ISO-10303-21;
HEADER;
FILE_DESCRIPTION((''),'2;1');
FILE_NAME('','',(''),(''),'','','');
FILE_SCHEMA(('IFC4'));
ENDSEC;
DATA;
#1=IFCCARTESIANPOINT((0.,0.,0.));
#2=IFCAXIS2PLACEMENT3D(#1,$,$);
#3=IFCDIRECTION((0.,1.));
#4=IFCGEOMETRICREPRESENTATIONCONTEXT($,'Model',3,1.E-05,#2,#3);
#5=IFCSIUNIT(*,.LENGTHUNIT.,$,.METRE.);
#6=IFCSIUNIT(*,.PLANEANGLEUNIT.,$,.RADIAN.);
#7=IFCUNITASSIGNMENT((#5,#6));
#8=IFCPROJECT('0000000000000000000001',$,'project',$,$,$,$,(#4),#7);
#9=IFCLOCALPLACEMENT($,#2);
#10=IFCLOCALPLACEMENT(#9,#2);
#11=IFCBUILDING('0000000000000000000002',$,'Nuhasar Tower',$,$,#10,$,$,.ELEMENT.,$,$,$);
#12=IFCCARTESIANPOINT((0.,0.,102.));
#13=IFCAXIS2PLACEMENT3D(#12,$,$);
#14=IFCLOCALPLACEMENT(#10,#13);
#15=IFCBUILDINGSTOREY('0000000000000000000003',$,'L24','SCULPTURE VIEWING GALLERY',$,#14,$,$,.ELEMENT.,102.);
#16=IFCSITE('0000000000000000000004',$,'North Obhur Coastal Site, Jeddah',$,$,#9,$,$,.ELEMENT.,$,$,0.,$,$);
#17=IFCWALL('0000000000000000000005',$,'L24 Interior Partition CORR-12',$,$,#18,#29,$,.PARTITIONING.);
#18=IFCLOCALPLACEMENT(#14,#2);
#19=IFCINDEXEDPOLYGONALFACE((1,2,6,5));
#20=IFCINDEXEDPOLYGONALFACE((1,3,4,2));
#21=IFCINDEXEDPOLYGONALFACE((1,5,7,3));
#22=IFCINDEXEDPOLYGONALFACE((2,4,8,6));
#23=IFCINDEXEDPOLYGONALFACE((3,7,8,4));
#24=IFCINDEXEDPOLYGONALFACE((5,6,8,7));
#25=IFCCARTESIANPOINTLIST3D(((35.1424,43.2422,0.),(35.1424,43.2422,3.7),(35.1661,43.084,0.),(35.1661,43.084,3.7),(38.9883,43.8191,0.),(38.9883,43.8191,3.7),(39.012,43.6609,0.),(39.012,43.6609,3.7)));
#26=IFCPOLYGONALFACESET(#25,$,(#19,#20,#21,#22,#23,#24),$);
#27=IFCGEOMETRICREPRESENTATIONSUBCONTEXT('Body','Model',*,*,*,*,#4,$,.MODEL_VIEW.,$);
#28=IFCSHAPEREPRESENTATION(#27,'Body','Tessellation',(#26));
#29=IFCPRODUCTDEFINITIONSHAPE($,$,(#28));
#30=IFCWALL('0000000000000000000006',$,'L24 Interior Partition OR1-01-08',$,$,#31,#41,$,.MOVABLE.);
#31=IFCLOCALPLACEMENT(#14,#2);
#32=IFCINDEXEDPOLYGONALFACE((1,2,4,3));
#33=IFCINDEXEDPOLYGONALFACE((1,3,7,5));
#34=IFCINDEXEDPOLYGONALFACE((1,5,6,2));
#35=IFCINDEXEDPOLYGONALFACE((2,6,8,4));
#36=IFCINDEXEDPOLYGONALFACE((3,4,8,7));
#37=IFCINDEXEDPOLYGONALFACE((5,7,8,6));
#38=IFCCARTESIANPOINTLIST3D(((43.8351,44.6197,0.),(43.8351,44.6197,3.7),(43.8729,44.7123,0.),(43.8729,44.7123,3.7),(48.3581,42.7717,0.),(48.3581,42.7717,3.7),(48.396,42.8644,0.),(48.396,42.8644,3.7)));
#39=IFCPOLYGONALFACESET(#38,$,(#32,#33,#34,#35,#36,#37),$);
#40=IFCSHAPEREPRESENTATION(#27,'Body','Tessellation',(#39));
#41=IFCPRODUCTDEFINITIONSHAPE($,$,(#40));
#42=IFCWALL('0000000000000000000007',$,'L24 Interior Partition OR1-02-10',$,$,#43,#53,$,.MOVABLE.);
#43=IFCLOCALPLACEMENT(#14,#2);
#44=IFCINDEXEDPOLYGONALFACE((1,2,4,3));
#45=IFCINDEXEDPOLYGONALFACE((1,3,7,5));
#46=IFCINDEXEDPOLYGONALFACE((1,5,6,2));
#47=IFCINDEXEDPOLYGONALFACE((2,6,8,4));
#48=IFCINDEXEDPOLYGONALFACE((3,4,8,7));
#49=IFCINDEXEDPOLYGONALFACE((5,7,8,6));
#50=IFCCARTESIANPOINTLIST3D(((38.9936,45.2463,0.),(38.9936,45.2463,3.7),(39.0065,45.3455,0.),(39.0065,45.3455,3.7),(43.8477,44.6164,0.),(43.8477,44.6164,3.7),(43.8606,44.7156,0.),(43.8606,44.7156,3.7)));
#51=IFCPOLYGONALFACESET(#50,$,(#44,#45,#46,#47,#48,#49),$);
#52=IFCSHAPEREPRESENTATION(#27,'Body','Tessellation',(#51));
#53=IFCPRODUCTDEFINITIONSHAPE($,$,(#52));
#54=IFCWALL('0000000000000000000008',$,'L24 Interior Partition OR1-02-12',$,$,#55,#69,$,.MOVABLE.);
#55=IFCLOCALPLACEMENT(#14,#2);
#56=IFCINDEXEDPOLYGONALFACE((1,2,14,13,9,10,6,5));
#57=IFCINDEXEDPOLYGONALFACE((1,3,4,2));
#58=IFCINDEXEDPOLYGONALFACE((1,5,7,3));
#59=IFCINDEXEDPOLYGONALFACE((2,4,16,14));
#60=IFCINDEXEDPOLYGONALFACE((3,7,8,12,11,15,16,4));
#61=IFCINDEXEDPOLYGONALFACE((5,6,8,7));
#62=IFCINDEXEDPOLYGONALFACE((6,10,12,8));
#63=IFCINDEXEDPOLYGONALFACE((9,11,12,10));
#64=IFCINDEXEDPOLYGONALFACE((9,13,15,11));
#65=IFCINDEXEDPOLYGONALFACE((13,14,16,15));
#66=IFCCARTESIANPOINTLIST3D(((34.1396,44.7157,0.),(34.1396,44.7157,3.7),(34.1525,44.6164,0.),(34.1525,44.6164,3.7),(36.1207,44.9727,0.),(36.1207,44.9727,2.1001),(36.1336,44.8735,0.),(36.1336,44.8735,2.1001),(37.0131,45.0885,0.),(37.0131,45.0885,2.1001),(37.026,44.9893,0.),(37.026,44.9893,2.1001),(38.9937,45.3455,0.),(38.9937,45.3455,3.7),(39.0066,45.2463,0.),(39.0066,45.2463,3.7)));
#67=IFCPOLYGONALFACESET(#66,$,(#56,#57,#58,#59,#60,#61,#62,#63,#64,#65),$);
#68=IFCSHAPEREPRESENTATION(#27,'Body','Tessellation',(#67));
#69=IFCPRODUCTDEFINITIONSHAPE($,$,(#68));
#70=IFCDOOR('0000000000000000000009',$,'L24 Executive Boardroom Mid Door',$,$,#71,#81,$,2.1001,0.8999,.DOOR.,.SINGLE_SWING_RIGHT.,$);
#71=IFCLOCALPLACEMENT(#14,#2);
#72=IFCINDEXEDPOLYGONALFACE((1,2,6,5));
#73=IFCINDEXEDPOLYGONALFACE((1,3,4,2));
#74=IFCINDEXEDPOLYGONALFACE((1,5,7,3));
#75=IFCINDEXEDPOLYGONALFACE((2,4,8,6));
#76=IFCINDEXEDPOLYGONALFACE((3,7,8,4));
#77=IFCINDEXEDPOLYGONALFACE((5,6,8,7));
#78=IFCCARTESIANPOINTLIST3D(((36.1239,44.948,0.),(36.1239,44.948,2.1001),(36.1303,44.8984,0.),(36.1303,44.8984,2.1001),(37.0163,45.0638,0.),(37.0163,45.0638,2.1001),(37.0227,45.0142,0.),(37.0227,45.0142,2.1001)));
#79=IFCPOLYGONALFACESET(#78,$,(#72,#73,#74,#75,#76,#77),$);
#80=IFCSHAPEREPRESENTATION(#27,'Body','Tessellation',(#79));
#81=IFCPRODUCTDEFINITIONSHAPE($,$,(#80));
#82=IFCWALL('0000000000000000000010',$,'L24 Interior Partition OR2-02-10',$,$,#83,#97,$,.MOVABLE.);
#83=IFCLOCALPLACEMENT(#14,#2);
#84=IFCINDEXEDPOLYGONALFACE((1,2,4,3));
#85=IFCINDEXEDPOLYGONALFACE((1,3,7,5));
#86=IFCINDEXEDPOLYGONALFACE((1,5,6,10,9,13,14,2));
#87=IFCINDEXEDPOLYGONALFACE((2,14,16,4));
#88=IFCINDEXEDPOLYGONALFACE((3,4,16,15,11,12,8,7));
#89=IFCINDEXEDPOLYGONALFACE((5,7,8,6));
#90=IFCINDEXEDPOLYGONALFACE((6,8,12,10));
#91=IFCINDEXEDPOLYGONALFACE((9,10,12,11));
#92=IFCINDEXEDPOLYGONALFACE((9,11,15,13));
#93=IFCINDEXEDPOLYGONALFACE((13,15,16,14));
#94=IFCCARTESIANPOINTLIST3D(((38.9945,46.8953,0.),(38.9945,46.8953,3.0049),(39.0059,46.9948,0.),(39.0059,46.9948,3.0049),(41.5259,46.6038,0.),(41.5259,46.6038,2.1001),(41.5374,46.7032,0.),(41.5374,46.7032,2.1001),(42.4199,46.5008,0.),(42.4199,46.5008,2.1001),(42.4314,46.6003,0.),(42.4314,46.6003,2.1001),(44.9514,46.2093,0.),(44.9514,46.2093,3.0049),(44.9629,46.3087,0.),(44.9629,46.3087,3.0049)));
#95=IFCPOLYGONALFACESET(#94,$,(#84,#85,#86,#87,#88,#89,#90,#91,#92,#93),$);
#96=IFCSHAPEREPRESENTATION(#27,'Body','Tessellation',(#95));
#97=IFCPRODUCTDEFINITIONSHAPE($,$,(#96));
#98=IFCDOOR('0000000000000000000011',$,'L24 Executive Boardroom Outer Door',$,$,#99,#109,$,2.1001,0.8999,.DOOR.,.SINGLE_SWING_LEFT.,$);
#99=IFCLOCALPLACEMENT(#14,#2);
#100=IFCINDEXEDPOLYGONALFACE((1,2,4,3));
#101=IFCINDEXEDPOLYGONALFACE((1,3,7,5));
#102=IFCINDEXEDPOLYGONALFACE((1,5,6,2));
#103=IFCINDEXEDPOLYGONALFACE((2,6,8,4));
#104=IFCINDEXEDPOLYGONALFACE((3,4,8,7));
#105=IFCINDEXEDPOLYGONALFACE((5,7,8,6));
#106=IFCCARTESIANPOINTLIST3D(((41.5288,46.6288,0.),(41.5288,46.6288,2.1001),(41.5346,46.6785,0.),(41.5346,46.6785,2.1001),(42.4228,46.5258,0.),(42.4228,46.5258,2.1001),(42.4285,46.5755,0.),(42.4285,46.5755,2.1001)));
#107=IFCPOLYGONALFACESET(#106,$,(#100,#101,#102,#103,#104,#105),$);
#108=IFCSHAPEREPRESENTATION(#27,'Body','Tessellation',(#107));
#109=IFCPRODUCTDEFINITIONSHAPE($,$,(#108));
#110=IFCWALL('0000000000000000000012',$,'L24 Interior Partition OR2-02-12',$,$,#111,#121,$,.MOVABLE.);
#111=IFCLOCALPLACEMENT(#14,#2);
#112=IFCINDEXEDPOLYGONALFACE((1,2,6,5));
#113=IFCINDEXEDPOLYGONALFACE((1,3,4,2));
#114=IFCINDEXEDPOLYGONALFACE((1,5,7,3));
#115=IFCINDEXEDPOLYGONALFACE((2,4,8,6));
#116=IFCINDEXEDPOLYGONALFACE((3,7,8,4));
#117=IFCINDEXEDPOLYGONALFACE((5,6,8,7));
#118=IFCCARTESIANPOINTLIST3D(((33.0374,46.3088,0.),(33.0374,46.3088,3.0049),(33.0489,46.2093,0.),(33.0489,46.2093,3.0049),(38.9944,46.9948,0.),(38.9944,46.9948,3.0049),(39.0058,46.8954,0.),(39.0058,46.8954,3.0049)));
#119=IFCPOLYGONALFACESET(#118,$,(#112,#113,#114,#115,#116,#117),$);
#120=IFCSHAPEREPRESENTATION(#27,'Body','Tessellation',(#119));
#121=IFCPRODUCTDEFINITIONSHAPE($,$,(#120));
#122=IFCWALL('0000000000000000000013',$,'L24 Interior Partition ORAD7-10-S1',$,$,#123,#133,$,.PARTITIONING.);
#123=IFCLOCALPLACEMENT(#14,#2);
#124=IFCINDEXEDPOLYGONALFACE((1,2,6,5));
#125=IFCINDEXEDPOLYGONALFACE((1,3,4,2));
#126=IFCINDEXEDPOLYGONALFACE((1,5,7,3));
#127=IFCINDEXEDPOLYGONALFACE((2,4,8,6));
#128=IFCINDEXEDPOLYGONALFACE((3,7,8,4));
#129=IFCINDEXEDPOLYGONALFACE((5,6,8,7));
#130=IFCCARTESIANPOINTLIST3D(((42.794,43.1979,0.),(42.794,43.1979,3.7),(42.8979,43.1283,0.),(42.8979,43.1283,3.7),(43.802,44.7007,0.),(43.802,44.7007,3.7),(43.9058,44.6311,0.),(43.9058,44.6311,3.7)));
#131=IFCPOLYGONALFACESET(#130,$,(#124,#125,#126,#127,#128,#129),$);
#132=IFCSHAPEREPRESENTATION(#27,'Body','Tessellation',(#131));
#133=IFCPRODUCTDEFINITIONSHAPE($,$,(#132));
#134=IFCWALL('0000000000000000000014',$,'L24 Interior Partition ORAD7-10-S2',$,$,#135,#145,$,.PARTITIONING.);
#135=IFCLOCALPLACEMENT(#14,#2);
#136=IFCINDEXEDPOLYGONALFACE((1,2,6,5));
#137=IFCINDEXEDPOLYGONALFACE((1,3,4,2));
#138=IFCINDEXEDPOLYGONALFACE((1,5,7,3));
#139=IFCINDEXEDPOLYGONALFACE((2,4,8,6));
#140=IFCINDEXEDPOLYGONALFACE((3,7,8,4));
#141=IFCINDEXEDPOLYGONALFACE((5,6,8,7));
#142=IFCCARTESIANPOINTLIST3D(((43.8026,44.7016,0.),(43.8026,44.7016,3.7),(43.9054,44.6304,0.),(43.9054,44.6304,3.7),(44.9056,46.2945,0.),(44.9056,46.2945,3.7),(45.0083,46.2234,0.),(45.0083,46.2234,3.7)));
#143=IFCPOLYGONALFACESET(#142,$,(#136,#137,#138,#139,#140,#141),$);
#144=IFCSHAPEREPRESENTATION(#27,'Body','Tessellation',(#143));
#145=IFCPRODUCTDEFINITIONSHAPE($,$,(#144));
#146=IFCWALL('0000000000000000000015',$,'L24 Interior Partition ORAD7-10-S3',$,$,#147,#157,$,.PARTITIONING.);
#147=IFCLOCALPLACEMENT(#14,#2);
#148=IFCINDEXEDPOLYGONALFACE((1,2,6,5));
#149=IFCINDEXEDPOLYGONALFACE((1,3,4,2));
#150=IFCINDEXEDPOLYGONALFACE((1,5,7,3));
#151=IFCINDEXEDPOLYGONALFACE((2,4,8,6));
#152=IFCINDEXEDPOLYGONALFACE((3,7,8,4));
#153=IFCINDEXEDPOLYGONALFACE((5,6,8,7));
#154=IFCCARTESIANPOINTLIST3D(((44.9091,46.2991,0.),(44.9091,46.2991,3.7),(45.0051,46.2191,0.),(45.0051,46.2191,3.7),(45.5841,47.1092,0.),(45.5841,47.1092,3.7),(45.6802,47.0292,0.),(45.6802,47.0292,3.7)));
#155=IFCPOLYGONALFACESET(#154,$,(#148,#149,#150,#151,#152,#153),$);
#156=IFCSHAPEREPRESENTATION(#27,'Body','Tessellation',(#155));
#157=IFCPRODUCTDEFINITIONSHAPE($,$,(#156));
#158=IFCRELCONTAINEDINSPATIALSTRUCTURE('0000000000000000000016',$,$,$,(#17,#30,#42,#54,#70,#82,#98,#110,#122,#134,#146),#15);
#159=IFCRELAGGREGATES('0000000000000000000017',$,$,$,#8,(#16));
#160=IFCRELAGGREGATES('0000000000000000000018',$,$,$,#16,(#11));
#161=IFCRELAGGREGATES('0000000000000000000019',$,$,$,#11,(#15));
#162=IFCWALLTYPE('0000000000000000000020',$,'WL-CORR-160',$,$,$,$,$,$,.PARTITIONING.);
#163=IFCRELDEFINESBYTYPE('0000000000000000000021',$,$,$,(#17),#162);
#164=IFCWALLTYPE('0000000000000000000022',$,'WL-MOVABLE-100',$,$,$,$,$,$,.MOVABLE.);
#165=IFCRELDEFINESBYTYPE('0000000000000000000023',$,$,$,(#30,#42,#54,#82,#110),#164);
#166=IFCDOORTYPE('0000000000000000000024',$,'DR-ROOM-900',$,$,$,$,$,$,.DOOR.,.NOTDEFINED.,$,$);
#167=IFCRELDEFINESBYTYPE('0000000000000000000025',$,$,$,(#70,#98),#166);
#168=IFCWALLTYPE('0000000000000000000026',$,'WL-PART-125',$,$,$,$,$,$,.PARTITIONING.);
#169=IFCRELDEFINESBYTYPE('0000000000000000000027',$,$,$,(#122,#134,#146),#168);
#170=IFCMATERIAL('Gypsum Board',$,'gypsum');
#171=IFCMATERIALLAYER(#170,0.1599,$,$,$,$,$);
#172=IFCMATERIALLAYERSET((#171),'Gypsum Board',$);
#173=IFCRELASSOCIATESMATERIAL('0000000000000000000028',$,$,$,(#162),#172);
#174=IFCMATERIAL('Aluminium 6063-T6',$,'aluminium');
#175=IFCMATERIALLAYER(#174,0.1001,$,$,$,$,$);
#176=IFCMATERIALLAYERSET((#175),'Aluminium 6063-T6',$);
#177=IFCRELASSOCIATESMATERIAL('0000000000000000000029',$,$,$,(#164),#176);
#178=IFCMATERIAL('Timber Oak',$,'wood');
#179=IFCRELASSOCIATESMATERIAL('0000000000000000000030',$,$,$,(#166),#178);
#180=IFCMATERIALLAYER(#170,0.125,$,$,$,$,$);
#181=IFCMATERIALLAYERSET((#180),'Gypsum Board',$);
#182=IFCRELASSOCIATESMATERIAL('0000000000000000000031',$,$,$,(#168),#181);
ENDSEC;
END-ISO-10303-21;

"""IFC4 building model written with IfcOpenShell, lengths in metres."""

from ifc_helpers import new_model, si_unit, direction, frame, frame_2d, origin, place, context, subcontext, project, spatial, rectangle, extrude, material, layer, layer_set, type_object, element, fill, save


model = new_model("IFC4")

# Units and contexts
model_context = context("Model", 3, precision=1e-05, world=origin(), true_north=direction((0.0, 1.0)))
body_context = subcontext(model_context, "Body", "Model", "MODEL_VIEW")
ifc_project = project(units=[si_unit("LENGTHUNIT", "METRE"), si_unit("PLANEANGLEUNIT", "RADIAN")], contexts=[model_context])

# Site, building, storey
site_placement = place(None, origin())
site = spatial("IfcSite", under=ifc_project, at=site_placement, Name="North Obhur Coastal Site, Jeddah", CompositionType="ELEMENT", RefElevation=0.0)
building_placement = place(site_placement, origin())
building = spatial("IfcBuilding", under=site, at=building_placement, Name="Nuhasar Tower", CompositionType="ELEMENT")
storey_placement = place(building_placement, frame((0.0, 0.0, 102.0)))
storey = spatial("IfcBuildingStorey", under=building, at=storey_placement, Name="L24", Description="SCULPTURE VIEWING GALLERY", CompositionType="ELEMENT", Elevation=102.0)

# Shared definitions
ifc_material_1 = material(Name="Aluminium 6063-T6", Category="aluminium")

# Shared definitions
ifc_material_2 = material(Name="Gypsum Board", Category="gypsum")
ifc_layer_1 = layer(ifc_material_2, 0.1599)
ifc_layer_set_1 = layer_set([ifc_layer_1], Name="Gypsum Board")
wall_type_1 = type_object("IfcWallType", Name="WL-CORR-160", PredefinedType="PARTITIONING", material=ifc_layer_set_1)

# Shared definitions
ifc_material_3 = material(Name="Timber Oak", Category="wood")

# Walls
wall_1_placement = place(storey_placement, frame((39.0, 43.74, 0.0), z_axis=(0.0, 0.0, 1.0), x_axis=(-0.988936, -0.148344, 0.0)))
element("IfcWall", 1, at=wall_1_placement, inside=storey, type_object=wall_type_1, Name="L24 Interior Partition CORR-12", PredefinedType="PARTITIONING", context=body_context, shape_type="SweptSolid", body=[
    extrude(rectangle(XDim=3.8889, YDim=0.1599, at=frame_2d((1.9443, 0.0))), origin(), (0.0, 0.0, 1.0), 3.7),
])
ifc_layer_2 = layer(ifc_material_1, 0.1001)
ifc_layer_set_2 = layer_set([ifc_layer_2], Name="Aluminium 6063-T6")
wall_type_2 = type_object("IfcWallType", Name="WL-MOVABLE-100", PredefinedType="MOVABLE", material=ifc_layer_set_2)
wall_2_placement = place(storey_placement, frame((48.377, 42.8181, 0.0), z_axis=(0.0, 0.0, 1.0), x_axis=(-0.925719, 0.378213, 0.0)))
element("IfcWall", 2, at=wall_2_placement, inside=storey, type_object=wall_type_2, Name="L24 Interior Partition OR1-01-08", PredefinedType="MOVABLE", context=body_context, shape_type="SweptSolid", body=[
    extrude(rectangle(XDim=4.886, YDim=0.1001, at=frame_2d((2.4429, 0.0))), origin(), (0.0, 0.0, 1.0), 3.7),
])
wall_3_placement = place(storey_placement, frame((43.854, 44.666, 0.0), z_axis=(0.0, 0.0, 1.0), x_axis=(-0.991685, 0.128687, 0.0)))
element("IfcWall", 3, at=wall_3_placement, inside=storey, type_object=wall_type_2, Name="L24 Interior Partition OR1-02-10", PredefinedType="MOVABLE", context=body_context, shape_type="SweptSolid", body=[
    extrude(rectangle(XDim=4.8948, YDim=0.1001, at=frame_2d((2.4473, 0.0))), origin(), (0.0, 0.0, 1.0), 3.7),
])

# Walls, openings, doors
wall_4_placement = place(storey_placement, frame((39.0, 45.2959, 0.0), z_axis=(0.0, 0.0, 1.0), x_axis=(-0.991685, -0.128687, 0.0)))
wall_4 = element("IfcWall", 4, at=wall_4_placement, inside=storey, type_object=wall_type_2, Name="L24 Interior Partition OR1-02-12", PredefinedType="MOVABLE", context=body_context, shape_type="SweptSolid", body=[
    extrude(rectangle(XDim=4.8948, YDim=0.1001, at=frame_2d((2.4473, 0.0))), origin(), (0.0, 0.0, 1.0), 3.7),
])
opening_1_placement = place(wall_4_placement, frame((1.9971, 0.0, 0.0)))
opening_1 = element("IfcOpeningElement", 5, at=opening_1_placement, cuts=wall_4, PredefinedType="OPENING", context=body_context, shape_type="SweptSolid", body=[
    extrude(rectangle(XDim=0.8999, YDim=2.1001, at=frame_2d((0.45, 1.05))), frame((0.0, 0.0601, 0.0), z_axis=(0.0, -1.0, 0.0), x_axis=(1.0, 0.0, 0.0)), (0.0, 0.0, 1.0), 0.1201),
])
door_type_1 = type_object("IfcDoorType", Name="DR-ROOM-900", OperationType="NOTDEFINED", PredefinedType="DOOR", material=ifc_material_3)
door_1_placement = place(opening_1_placement, origin())
door_1 = element("IfcDoor", 6, at=door_1_placement, inside=storey, type_object=door_type_1, Name="L24 Executive Boardroom Mid Door", OperationType="SINGLE_SWING_RIGHT", OverallHeight=2.1001, OverallWidth=0.8999, PredefinedType="DOOR", context=body_context, shape_type="SweptSolid", body=[
    extrude(rectangle(XDim=0.8999, YDim=2.1001, at=frame_2d((0.45, 1.05))), frame((0.0, 0.0249, 0.0), z_axis=(0.0, -1.0, 0.0), x_axis=(1.0, 0.0, 0.0)), (0.0, 0.0, 1.0), 0.05),
])
fill(opening_1, door_1)
wall_5_placement = place(storey_placement, frame((44.957, 46.259, 0.0), z_axis=(0.0, 0.0, 1.0), x_axis=(-0.993434, 0.114408, 0.0)))
wall_5 = element("IfcWall", 7, at=wall_5_placement, inside=storey, type_object=wall_type_2, Name="L24 Interior Partition OR2-02-10", PredefinedType="MOVABLE", context=body_context, shape_type="SweptSolid", body=[
    extrude(rectangle(XDim=5.9963, YDim=0.1001, at=frame_2d((2.998, 0.0))), origin(), (0.0, 0.0, 1.0), 3.0049),
])
opening_2_placement = place(wall_5_placement, frame((2.5481, 0.0, 0.0)))
opening_2 = element("IfcOpeningElement", 8, at=opening_2_placement, cuts=wall_5, PredefinedType="OPENING", context=body_context, shape_type="SweptSolid", body=[
    extrude(rectangle(XDim=0.8999, YDim=2.1001, at=frame_2d((0.45, 1.05))), frame((0.0, 0.0601, 0.0), z_axis=(0.0, -1.0, 0.0), x_axis=(1.0, 0.0, 0.0)), (0.0, 0.0, 1.0), 0.1201),
])
door_2_placement = place(opening_2_placement, origin())
door_2 = element("IfcDoor", 9, at=door_2_placement, inside=storey, type_object=door_type_1, Name="L24 Executive Boardroom Outer Door", OperationType="SINGLE_SWING_LEFT", OverallHeight=2.1001, OverallWidth=0.8999, PredefinedType="DOOR", context=body_context, shape_type="SweptSolid", body=[
    extrude(rectangle(XDim=0.8999, YDim=2.1001, at=frame_2d((0.45, 1.05))), frame((0.0, 0.0249, 0.0), z_axis=(0.0, -1.0, 0.0), x_axis=(1.0, 0.0, 0.0)), (0.0, 0.0, 1.0), 0.05),
])
fill(opening_2, door_2)

# Walls
wall_6_placement = place(storey_placement, frame((39.0, 46.9451, 0.0), z_axis=(0.0, 0.0, 1.0), x_axis=(-0.993434, -0.114408, 0.0)))
element("IfcWall", 10, at=wall_6_placement, inside=storey, type_object=wall_type_2, Name="L24 Interior Partition OR2-02-12", PredefinedType="MOVABLE", context=body_context, shape_type="SweptSolid", body=[
    extrude(rectangle(XDim=5.9963, YDim=0.1001, at=frame_2d((2.998, 0.0))), origin(), (0.0, 0.0, 1.0), 3.0049),
])
ifc_layer_3 = layer(ifc_material_2, 0.125)
ifc_layer_set_3 = layer_set([ifc_layer_3], Name="Gypsum Board")
wall_type_3 = type_object("IfcWallType", Name="WL-PART-125", PredefinedType="PARTITIONING", material=ifc_layer_set_3)
wall_7_placement = place(storey_placement, frame((42.8459, 43.1631, 0.0), z_axis=(0.0, 0.0, 1.0), x_axis=(0.557033, 0.83049, 0.0)))
element("IfcWall", 11, at=wall_7_placement, inside=storey, type_object=wall_type_3, Name="L24 Interior Partition ORAD7-10-S1", PredefinedType="PARTITIONING", context=body_context, shape_type="SweptSolid", body=[
    extrude(rectangle(XDim=1.8096, YDim=0.125, at=frame_2d((0.9048, 0.0))), origin(), (0.0, 0.0, 1.0), 3.7),
])
wall_8_placement = place(storey_placement, frame((43.854, 44.666, 0.0), z_axis=(0.0, 0.0, 1.0), x_axis=(0.569269, 0.822151, 0.0)))
element("IfcWall", 12, at=wall_8_placement, inside=storey, type_object=wall_type_3, Name="L24 Interior Partition ORAD7-10-S2", PredefinedType="PARTITIONING", context=body_context, shape_type="SweptSolid", body=[
    extrude(rectangle(XDim=1.9375, YDim=0.125, at=frame_2d((0.9688, 0.0))), origin(), (0.0, 0.0, 1.0), 3.7),
])
wall_9_placement = place(storey_placement, frame((44.957, 46.259, 0.0), z_axis=(0.0, 0.0, 1.0), x_axis=(0.640184, 0.768221, 0.0)))
element("IfcWall", 13, at=wall_9_placement, inside=storey, type_object=wall_type_3, Name="L24 Interior Partition ORAD7-10-S3", PredefinedType="PARTITIONING", context=body_context, shape_type="SweptSolid", body=[
    extrude(rectangle(XDim=1.0544, YDim=0.125, at=frame_2d((0.5273, 0.0))), origin(), (0.0, 0.0, 1.0), 3.7),
])

save(model, "model.ifc")
